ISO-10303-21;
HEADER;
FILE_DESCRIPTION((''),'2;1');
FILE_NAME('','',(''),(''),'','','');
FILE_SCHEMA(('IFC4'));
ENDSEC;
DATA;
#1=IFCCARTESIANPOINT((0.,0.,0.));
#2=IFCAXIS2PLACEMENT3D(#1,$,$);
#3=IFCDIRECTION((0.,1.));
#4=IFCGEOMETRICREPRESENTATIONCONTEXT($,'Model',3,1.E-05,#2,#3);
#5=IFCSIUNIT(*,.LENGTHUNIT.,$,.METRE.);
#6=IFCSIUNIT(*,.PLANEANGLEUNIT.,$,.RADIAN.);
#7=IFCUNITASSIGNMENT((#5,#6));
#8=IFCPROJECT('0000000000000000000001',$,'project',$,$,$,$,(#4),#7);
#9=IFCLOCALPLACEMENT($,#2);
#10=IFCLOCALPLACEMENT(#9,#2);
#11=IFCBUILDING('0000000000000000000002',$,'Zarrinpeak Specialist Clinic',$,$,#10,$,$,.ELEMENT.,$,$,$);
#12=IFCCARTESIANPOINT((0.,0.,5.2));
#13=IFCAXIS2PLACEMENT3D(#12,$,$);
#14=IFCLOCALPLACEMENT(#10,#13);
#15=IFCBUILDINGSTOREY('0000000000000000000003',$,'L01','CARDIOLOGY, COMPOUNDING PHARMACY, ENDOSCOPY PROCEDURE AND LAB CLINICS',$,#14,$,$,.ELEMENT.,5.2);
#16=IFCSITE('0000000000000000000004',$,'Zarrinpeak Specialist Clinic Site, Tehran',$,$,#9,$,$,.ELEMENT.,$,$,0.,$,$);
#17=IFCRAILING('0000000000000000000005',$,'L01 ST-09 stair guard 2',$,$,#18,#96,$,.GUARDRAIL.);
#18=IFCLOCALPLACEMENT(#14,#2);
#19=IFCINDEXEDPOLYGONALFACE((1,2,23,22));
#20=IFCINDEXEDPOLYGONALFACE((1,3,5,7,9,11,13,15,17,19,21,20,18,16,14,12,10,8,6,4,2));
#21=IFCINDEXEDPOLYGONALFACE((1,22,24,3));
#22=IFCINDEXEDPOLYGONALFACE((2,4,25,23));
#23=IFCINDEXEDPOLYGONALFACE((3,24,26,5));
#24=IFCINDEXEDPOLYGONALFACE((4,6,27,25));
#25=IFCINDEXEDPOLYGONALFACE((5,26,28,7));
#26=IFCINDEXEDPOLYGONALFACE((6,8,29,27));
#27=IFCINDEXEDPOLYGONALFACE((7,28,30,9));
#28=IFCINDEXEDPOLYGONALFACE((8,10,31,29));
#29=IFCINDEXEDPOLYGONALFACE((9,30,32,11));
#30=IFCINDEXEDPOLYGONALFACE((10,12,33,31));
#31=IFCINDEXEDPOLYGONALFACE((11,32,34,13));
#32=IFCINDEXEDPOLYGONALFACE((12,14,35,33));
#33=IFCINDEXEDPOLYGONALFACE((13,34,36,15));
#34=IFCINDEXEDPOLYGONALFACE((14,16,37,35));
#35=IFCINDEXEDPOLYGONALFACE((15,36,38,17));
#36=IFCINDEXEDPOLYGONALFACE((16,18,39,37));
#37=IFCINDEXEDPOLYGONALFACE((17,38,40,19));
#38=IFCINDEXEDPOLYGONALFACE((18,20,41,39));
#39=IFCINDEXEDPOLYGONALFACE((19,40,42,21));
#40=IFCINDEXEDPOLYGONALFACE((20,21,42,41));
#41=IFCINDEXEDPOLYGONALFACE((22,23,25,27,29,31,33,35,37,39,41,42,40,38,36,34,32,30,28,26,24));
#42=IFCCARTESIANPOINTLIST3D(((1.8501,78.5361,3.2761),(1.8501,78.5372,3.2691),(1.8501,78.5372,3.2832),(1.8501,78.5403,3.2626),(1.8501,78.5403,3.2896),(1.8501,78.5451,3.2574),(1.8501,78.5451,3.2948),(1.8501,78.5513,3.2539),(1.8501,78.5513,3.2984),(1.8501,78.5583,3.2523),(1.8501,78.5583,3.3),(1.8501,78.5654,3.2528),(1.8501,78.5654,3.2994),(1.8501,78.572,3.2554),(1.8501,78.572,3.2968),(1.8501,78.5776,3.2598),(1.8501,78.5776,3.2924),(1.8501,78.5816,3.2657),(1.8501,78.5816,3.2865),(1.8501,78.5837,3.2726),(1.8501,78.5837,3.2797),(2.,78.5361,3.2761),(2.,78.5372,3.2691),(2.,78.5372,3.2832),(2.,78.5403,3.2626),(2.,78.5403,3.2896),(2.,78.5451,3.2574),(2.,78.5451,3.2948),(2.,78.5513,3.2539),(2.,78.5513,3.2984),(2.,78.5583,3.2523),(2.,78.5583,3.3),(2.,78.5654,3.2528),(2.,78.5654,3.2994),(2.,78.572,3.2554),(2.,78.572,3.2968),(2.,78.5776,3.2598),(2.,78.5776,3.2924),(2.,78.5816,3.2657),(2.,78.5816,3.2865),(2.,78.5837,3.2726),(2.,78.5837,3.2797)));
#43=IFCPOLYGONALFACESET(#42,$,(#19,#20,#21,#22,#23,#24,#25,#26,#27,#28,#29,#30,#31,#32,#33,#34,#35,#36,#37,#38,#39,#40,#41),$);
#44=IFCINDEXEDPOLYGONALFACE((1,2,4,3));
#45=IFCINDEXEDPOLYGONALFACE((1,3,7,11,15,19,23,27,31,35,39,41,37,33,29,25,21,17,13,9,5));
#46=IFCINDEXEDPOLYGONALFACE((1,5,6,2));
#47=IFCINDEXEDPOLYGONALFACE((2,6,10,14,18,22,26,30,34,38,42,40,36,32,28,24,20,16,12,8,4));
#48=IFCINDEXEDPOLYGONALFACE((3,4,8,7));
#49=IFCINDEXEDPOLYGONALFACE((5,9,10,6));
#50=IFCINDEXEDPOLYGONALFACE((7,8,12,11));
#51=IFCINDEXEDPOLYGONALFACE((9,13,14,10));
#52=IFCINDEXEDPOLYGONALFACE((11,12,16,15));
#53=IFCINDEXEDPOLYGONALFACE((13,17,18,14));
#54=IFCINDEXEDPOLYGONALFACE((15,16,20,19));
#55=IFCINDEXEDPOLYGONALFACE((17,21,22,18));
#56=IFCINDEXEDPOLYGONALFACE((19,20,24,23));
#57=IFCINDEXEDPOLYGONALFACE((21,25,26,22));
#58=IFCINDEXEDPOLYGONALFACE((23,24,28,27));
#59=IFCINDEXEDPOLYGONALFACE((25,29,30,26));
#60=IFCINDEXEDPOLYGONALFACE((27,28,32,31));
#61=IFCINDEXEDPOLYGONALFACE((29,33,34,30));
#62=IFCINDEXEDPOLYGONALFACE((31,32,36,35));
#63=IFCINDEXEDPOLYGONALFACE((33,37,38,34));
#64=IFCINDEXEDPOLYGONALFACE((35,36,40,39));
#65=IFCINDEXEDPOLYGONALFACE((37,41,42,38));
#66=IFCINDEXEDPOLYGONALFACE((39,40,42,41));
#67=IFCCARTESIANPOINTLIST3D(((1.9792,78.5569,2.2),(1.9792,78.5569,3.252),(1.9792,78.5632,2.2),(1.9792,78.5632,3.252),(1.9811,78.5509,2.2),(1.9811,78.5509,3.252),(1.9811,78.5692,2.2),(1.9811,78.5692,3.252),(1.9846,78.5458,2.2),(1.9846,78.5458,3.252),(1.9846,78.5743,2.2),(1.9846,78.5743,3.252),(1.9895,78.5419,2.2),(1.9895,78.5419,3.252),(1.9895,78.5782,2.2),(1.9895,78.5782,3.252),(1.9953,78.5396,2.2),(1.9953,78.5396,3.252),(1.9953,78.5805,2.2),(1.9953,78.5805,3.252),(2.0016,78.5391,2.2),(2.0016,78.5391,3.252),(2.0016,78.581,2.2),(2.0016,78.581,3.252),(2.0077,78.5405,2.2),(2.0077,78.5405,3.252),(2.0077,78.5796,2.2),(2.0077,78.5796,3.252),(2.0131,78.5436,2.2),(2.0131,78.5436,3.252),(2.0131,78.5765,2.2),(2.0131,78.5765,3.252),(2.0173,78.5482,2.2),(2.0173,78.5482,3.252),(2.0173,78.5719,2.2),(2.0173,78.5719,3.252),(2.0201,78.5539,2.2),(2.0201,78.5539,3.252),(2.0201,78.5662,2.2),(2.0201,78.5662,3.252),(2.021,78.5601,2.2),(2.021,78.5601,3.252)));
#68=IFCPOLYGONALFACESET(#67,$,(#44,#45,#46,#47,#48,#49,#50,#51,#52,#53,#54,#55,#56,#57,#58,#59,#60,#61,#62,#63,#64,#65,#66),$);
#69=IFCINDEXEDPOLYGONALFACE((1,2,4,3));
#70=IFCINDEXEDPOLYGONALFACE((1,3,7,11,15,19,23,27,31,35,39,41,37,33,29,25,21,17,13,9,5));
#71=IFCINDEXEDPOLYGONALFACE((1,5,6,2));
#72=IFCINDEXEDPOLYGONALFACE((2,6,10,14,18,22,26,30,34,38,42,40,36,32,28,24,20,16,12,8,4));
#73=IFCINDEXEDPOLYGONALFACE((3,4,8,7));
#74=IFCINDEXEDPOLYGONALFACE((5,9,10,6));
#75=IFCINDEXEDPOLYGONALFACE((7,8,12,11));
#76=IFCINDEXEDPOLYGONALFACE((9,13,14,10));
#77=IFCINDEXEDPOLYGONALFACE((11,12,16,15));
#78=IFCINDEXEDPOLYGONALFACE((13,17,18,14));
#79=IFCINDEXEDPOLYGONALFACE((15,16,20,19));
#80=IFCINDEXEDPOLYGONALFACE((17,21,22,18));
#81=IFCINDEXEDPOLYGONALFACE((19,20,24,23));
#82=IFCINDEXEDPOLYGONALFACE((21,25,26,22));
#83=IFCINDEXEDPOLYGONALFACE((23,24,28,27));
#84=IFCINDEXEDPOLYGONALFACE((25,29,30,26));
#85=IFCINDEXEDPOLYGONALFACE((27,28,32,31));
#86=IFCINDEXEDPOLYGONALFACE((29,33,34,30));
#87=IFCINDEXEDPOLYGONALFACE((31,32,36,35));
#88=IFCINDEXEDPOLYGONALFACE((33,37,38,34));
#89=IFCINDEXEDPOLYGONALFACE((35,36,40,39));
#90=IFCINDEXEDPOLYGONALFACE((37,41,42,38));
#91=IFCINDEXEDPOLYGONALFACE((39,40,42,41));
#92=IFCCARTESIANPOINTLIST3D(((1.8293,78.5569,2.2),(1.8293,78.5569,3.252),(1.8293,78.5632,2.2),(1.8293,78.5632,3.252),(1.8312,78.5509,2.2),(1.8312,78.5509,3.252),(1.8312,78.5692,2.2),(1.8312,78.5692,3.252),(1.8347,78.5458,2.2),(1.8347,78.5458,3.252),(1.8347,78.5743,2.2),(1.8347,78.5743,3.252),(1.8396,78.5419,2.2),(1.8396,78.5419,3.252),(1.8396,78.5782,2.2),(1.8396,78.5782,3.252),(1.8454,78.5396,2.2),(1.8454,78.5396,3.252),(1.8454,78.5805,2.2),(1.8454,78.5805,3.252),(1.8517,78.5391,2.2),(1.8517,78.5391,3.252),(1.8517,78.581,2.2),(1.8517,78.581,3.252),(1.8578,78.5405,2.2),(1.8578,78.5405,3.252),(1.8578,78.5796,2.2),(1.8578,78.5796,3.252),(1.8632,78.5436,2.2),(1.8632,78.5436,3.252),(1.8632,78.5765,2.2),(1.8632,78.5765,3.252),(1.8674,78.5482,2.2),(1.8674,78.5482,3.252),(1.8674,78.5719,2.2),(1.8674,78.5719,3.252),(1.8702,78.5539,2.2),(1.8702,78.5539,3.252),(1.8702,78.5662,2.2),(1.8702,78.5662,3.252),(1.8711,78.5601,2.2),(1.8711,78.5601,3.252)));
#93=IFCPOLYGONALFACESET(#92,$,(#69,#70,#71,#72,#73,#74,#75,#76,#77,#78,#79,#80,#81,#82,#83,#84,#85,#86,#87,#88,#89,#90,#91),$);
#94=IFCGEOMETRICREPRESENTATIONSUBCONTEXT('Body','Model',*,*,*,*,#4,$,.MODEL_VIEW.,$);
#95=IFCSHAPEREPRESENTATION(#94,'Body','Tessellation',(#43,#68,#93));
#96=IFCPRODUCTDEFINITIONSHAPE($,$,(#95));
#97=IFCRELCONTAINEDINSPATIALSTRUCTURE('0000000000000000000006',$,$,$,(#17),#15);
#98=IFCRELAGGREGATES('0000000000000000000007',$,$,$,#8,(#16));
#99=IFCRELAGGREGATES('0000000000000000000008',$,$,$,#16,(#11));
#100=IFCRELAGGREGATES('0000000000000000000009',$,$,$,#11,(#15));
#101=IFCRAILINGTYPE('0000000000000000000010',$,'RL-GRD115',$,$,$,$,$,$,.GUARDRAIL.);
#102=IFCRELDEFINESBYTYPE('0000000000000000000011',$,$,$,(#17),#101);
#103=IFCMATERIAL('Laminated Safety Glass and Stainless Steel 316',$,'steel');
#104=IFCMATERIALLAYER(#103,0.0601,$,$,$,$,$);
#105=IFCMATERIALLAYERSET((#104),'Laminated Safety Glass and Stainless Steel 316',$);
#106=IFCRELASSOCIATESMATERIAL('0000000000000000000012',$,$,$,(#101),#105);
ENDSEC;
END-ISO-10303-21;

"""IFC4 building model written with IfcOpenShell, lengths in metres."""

from ifc_helpers import new_model, si_unit, direction, frame, origin, origin_2d, place, context, subcontext, project, spatial, circle, extrude, material, layer, layer_set, type_object, element, save


model = new_model("IFC4")

# Units and contexts
model_context = context("Model", 3, precision=1e-05, world=origin(), true_north=direction((0.0, 1.0)))
body_context = subcontext(model_context, "Body", "Model", "MODEL_VIEW")
ifc_project = project(units=[si_unit("LENGTHUNIT", "METRE"), si_unit("PLANEANGLEUNIT", "RADIAN")], contexts=[model_context])

# Site, building, storey
site_placement = place(None, origin())
site = spatial("IfcSite", under=ifc_project, at=site_placement, Name="Zarrinpeak Specialist Clinic Site, Tehran", CompositionType="ELEMENT", RefElevation=0.0)
building_placement = place(site_placement, origin())
building = spatial("IfcBuilding", under=site, at=building_placement, Name="Zarrinpeak Specialist Clinic", CompositionType="ELEMENT")
storey_placement = place(building_placement, frame((0.0, 0.0, 5.2)))
storey = spatial("IfcBuildingStorey", under=building, at=storey_placement, Name="L01", Description="CARDIOLOGY, COMPOUNDING PHARMACY, ENDOSCOPY PROCEDURE AND LAB CLINICS", CompositionType="ELEMENT", Elevation=5.2)

# Railing
ifc_material_1 = material(Name="Laminated Safety Glass and Stainless Steel 316", Category="steel")
ifc_layer_1 = layer(ifc_material_1, 0.0601)
ifc_layer_set_1 = layer_set([ifc_layer_1], Name="Laminated Safety Glass and Stainless Steel 316")
railing_type_1 = type_object("IfcRailingType", Name="RL-GRD115", PredefinedType="GUARDRAIL", material=ifc_layer_set_1)
railing_1_placement = place(storey_placement, frame((2.0, 78.5601, 2.2)))
element("IfcRailing", 1, at=railing_1_placement, inside=storey, type_object=railing_type_1, Name="L01 ST-09 stair guard 2", PredefinedType="GUARDRAIL", context=body_context, shape_type="SweptSolid", body=[
    extrude(circle(Radius=0.0239, at=origin_2d()), frame((0.0, 0.0, 1.0762), z_axis=(-1.0, 0.0, 0.0), x_axis=(0.0, -1.0, 0.0)), (0.0, 0.0, 1.0), 0.1499),
    extrude(circle(Radius=0.021, at=origin_2d()), origin(), (0.0, 0.0, 1.0), 1.052),
    extrude(circle(Radius=0.021, at=origin_2d()), frame((-0.1499, 0.0, 0.0)), (0.0, 0.0, 1.0), 1.052),
])

save(model, "model.ifc")
